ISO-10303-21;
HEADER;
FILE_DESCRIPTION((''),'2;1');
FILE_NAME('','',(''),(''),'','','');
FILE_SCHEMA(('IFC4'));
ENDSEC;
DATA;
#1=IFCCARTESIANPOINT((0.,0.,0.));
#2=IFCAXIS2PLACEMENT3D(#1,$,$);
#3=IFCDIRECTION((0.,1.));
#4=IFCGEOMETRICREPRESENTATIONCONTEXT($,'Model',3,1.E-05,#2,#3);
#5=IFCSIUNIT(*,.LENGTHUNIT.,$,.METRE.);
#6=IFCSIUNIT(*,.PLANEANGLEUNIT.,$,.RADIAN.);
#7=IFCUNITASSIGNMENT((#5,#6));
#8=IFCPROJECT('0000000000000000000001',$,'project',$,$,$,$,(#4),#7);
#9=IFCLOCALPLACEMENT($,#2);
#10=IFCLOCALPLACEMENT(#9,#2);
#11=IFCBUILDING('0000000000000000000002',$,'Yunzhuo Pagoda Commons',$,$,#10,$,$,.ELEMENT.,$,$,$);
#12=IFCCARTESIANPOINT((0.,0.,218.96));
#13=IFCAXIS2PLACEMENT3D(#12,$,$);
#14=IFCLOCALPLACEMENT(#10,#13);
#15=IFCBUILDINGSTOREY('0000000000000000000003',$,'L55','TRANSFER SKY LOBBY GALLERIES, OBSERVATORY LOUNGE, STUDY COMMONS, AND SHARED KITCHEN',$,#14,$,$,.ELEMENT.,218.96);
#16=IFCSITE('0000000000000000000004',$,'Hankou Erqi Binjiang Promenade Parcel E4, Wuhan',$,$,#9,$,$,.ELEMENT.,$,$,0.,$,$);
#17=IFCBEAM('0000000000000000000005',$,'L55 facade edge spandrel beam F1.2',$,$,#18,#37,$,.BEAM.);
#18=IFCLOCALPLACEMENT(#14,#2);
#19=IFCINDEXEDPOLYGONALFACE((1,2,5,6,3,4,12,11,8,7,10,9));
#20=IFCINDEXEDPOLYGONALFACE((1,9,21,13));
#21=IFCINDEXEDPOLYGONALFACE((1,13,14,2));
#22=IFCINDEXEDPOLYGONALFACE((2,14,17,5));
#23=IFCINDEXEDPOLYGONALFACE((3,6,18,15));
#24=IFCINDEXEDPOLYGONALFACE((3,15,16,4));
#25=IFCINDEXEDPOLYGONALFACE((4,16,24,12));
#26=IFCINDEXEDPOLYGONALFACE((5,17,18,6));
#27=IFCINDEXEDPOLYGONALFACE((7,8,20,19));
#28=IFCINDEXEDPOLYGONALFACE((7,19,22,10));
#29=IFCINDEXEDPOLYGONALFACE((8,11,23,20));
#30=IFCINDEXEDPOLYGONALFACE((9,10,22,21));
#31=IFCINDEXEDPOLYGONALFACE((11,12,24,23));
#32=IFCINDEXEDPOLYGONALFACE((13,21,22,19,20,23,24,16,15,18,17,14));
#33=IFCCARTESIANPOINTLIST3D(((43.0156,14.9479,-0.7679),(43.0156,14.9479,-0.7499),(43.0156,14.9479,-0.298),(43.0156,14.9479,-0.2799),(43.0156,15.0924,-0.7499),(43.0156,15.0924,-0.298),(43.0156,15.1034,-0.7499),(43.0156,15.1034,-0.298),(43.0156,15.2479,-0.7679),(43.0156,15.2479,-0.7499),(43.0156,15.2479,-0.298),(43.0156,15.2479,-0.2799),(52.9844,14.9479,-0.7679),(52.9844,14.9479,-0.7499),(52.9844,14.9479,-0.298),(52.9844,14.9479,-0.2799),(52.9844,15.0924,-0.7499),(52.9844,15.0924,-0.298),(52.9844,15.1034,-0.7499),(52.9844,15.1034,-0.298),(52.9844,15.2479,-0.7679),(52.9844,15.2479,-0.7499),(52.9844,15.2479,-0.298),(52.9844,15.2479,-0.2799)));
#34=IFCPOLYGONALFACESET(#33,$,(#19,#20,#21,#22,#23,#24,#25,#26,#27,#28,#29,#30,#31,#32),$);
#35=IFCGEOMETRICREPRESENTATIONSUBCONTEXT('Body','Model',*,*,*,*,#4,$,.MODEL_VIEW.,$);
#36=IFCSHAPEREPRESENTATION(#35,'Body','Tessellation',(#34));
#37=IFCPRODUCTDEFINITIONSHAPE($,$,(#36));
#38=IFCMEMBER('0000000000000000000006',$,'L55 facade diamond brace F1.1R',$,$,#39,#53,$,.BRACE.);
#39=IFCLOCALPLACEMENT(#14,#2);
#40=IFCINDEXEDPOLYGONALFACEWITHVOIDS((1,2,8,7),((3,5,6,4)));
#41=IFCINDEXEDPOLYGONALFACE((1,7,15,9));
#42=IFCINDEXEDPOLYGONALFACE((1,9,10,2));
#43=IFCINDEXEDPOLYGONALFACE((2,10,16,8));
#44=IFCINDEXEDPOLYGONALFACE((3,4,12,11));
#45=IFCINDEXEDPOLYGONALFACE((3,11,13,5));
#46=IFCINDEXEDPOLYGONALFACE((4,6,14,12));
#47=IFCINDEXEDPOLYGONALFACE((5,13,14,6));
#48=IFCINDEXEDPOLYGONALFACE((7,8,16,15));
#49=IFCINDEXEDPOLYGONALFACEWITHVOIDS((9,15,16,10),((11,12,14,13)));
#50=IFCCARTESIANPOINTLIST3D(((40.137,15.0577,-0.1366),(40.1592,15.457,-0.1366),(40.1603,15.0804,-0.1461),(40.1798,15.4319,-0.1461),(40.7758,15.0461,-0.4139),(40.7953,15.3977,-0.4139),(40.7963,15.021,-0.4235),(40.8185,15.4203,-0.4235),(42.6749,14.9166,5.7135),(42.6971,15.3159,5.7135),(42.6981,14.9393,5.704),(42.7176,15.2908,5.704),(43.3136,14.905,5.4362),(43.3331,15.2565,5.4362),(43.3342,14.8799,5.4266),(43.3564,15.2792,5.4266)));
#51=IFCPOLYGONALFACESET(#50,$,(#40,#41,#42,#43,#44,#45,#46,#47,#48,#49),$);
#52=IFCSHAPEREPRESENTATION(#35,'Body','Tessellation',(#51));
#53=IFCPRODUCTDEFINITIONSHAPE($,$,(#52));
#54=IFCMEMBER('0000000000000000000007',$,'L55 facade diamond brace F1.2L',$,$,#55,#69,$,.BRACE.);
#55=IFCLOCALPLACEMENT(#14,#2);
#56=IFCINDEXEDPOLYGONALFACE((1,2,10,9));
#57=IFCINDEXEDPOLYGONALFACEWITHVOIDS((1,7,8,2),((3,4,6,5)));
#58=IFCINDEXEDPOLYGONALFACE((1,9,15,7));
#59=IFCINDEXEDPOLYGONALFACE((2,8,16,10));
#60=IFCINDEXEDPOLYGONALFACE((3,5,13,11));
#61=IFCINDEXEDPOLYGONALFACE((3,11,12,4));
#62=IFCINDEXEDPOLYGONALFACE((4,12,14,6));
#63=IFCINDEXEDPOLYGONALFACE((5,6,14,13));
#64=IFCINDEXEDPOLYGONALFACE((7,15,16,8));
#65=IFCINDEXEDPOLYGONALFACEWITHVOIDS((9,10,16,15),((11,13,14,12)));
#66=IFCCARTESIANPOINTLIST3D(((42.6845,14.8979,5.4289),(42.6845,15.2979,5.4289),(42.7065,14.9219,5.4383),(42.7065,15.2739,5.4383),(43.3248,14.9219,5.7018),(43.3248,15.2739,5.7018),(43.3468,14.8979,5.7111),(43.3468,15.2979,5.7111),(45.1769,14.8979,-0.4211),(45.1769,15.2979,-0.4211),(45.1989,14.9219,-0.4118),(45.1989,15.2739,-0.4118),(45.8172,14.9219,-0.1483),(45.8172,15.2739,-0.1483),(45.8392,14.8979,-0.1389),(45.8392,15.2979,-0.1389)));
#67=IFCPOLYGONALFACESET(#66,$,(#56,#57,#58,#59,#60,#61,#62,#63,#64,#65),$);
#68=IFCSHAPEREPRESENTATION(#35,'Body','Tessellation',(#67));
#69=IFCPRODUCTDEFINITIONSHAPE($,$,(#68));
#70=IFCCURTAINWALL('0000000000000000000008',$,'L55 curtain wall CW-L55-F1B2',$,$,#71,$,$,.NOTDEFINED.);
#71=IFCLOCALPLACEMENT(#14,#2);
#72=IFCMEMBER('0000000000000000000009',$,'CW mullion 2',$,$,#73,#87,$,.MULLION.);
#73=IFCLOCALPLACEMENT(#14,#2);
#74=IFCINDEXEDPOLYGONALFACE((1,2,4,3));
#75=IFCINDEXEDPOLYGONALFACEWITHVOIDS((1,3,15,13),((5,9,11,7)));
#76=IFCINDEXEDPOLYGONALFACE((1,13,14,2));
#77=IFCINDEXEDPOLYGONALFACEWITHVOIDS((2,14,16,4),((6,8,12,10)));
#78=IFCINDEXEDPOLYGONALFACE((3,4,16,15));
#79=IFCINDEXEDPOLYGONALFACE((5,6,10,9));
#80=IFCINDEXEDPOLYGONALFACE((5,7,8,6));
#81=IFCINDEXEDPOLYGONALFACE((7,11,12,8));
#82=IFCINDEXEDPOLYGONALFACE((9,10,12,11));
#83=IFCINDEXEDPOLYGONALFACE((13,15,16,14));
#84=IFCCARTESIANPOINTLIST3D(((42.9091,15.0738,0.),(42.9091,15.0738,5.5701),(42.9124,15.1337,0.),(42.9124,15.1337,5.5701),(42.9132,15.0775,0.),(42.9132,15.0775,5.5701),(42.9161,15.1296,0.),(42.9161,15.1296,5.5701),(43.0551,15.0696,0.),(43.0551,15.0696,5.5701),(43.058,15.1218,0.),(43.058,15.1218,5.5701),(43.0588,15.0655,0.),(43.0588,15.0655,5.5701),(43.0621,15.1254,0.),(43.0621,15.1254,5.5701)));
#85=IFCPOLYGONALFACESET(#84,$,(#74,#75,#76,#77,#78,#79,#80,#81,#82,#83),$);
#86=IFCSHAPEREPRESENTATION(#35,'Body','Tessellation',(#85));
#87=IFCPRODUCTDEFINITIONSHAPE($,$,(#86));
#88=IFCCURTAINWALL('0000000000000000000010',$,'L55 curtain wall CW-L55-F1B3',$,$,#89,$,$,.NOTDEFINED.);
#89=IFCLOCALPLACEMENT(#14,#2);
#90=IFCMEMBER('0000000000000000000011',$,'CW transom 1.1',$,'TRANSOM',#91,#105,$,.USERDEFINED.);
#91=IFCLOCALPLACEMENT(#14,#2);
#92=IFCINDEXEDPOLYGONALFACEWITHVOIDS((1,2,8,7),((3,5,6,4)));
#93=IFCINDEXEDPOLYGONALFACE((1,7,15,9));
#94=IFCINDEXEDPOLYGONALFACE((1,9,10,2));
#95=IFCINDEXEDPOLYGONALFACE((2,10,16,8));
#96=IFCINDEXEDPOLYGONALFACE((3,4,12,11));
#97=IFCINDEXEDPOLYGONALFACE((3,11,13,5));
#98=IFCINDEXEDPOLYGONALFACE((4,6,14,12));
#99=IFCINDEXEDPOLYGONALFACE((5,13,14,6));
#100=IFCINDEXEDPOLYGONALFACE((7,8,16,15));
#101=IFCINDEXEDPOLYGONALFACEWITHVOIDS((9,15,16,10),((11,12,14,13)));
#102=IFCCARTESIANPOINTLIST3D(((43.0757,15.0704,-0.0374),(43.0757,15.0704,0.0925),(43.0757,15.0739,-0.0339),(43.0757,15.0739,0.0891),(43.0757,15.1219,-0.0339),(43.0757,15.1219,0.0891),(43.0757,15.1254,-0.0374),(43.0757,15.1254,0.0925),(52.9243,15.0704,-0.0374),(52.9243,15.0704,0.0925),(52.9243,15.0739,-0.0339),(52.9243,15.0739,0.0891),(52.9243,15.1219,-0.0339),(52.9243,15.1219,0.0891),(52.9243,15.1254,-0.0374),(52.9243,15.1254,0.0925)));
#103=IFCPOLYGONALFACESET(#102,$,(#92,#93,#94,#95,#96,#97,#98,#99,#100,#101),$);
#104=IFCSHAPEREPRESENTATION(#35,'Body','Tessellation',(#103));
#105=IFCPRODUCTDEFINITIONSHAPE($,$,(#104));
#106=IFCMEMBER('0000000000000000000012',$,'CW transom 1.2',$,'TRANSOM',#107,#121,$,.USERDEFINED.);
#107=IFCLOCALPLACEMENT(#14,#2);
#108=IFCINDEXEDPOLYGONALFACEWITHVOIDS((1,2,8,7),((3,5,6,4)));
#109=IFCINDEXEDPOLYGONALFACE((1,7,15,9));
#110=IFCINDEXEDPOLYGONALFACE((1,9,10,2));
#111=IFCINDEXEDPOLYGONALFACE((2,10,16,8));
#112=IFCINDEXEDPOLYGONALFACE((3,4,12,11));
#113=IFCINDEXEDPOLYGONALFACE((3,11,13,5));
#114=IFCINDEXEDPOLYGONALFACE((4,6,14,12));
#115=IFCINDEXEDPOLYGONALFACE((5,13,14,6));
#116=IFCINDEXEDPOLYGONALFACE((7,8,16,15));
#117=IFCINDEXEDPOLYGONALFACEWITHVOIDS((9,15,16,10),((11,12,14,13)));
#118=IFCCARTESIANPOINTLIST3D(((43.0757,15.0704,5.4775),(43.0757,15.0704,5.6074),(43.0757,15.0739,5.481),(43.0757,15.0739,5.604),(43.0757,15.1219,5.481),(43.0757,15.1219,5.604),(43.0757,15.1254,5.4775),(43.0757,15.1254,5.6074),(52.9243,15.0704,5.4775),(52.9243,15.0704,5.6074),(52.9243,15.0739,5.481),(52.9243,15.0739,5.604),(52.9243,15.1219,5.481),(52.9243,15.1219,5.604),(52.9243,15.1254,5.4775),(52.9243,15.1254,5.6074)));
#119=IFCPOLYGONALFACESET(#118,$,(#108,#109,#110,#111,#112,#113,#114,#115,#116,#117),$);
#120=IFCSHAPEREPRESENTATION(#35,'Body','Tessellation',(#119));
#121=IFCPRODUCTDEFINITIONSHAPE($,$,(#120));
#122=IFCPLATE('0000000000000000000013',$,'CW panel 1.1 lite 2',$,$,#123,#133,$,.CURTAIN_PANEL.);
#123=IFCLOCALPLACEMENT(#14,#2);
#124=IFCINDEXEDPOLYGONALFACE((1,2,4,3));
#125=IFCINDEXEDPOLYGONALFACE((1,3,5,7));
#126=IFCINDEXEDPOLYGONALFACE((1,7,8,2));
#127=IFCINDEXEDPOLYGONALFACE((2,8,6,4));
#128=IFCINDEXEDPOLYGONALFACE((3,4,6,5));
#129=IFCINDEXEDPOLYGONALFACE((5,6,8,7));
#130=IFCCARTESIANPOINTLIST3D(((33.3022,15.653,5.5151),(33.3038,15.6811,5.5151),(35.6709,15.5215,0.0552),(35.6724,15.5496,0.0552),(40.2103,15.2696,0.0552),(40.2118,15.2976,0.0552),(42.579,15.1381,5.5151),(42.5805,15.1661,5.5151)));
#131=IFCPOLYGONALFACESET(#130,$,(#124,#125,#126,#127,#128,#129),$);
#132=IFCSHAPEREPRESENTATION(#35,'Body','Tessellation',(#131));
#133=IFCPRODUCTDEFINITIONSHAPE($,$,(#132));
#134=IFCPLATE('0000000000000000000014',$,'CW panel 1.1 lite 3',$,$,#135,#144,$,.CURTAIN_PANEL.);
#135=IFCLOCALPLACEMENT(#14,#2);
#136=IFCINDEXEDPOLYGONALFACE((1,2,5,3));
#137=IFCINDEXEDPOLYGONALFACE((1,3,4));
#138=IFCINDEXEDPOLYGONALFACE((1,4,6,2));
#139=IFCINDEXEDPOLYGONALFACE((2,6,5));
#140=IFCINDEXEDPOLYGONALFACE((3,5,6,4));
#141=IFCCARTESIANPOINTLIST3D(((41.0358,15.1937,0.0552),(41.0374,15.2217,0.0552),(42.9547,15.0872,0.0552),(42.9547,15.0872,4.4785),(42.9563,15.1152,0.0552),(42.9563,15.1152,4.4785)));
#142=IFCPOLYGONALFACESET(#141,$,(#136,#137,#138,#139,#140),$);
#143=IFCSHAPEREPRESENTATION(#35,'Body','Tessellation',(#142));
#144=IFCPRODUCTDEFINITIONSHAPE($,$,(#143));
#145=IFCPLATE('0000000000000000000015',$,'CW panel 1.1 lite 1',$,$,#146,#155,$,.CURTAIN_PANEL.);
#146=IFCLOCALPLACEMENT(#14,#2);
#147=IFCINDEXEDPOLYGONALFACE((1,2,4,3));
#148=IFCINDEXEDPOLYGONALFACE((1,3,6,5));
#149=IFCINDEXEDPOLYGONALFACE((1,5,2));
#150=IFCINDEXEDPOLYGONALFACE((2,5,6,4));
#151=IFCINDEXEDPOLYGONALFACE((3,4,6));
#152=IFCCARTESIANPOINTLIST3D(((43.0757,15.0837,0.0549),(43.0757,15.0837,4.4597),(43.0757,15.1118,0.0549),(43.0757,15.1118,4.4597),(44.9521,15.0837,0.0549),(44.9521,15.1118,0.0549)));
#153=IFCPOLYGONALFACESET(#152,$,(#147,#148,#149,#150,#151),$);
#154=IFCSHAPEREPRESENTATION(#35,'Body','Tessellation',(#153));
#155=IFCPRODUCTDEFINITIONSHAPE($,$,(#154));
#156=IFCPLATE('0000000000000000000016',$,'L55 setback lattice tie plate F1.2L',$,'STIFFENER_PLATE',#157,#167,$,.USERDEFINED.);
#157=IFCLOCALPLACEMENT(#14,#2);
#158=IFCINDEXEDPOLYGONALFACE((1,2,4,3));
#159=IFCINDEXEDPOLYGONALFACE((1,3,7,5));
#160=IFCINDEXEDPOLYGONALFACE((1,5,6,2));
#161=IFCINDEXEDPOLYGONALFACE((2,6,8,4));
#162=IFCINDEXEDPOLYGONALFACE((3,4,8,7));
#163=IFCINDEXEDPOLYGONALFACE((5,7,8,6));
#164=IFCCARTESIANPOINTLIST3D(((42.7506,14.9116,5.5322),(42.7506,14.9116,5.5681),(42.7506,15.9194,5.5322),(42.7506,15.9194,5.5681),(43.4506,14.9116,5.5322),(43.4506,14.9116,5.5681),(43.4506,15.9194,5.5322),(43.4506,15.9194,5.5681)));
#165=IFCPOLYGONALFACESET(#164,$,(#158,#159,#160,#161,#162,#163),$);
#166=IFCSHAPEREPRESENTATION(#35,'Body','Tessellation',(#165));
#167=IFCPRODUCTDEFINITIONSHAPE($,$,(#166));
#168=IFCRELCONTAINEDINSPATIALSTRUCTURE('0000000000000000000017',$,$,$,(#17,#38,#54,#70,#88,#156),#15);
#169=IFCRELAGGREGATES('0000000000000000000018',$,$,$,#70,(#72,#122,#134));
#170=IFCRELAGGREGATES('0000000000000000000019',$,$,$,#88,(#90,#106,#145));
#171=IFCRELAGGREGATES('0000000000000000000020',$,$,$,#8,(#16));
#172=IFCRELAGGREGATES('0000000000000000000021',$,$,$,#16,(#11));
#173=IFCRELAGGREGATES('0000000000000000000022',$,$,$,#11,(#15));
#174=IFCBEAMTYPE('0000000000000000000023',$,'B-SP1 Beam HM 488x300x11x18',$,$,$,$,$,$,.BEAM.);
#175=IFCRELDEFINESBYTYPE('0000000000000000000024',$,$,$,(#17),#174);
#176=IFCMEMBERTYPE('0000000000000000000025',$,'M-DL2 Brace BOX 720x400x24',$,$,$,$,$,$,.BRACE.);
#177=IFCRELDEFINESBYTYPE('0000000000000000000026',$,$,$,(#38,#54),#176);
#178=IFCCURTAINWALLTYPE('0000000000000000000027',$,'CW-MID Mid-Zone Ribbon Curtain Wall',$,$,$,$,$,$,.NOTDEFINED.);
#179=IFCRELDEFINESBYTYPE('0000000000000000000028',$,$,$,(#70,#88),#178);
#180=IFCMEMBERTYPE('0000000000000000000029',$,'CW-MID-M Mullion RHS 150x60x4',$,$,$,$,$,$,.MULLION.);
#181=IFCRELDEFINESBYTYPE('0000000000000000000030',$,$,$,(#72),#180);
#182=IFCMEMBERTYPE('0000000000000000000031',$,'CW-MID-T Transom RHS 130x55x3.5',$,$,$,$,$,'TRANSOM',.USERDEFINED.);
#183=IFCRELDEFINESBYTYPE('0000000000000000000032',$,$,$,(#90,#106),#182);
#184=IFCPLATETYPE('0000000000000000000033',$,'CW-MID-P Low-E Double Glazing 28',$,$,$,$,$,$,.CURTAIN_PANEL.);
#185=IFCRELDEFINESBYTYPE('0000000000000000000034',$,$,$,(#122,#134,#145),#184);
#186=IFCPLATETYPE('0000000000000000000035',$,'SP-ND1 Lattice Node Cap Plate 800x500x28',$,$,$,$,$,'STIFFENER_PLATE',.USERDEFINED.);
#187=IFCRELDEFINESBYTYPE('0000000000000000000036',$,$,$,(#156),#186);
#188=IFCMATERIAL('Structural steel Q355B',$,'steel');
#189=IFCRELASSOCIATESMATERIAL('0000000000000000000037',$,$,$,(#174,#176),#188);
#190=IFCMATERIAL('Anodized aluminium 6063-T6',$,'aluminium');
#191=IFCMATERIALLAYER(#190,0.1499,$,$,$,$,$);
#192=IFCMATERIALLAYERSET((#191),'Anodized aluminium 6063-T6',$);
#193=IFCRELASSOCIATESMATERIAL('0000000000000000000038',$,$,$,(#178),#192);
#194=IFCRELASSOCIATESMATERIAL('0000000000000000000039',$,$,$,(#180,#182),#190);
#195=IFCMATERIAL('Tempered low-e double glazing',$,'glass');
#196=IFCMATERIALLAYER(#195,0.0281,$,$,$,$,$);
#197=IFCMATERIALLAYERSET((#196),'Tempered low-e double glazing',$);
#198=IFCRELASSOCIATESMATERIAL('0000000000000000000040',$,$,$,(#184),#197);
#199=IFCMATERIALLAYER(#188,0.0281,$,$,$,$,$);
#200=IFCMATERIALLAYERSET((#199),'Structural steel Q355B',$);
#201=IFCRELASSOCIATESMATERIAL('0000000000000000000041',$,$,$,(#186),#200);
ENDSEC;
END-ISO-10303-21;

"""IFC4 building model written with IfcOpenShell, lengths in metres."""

from ifc_helpers import new_model, si_unit, direction, frame, origin, origin_2d, place, context, subcontext, project, spatial, polyline, rectangle, hollow_rectangle, i_section, outline, extrude, source, transform, mapped, material, layer, layer_set, material_profile, profile_set, type_object, element, aggregate, save


model = new_model("IFC4")

# Units and contexts
model_context = context("Model", 3, precision=1e-05, world=origin(), true_north=direction((0.0, 1.0)))
body_context = subcontext(model_context, "Body", "Model", "MODEL_VIEW")
ifc_project = project(units=[si_unit("LENGTHUNIT", "METRE"), si_unit("PLANEANGLEUNIT", "RADIAN")], contexts=[model_context])

# Site, building, storey
site_placement = place(None, origin())
site = spatial("IfcSite", under=ifc_project, at=site_placement, Name="Hankou Erqi Binjiang Promenade Parcel E4, Wuhan", CompositionType="ELEMENT", RefElevation=0.0)
building_placement = place(site_placement, origin())
building = spatial("IfcBuilding", under=site, at=building_placement, Name="Yunzhuo Pagoda Commons", CompositionType="ELEMENT")
storey_placement = place(building_placement, frame((0.0, 0.0, 218.96)))
storey = spatial("IfcBuildingStorey", under=building, at=storey_placement, Name="L55", Description="TRANSFER SKY LOBBY GALLERIES, OBSERVATORY LOUNGE, STUDY COMMONS, AND SHARED KITCHEN", CompositionType="ELEMENT", Elevation=218.96)

# Beam
ifc_material_1 = material(Name="Structural steel Q355B", Category="steel")
ifc_material_profile_1 = material_profile(ifc_material_1, i_section(OverallWidth=0.3, OverallDepth=0.488, WebThickness=0.011, FlangeThickness=0.0181, at=origin_2d()), Name="Structural steel Q355B")
ifc_profile_set_1 = profile_set([ifc_material_profile_1], Name="Structural steel Q355B")
beam_type_1 = type_object("IfcBeamType", Name="B-SP1 Beam HM 488x300x11x18", PredefinedType="BEAM", material=ifc_profile_set_1)
shared_shape_1 = source(origin(), body_context, "Body", "SweptSolid", [
    extrude(i_section(OverallWidth=0.3, OverallDepth=0.488, WebThickness=0.011, FlangeThickness=0.0181, at=origin_2d()), origin(), (0.0, 0.0, 1.0), 9.9688),
])
beam_1_placement = place(storey_placement, frame((43.0156, 15.0979, -0.5239), z_axis=(1.0, 0.0, 0.0), x_axis=(0.0, 1.0, 0.0)))
element("IfcBeam", 1, at=beam_1_placement, inside=storey, type_object=beam_type_1, Name="L55 facade edge spandrel beam F1.2", PredefinedType="BEAM", context=body_context, shape_type="MappedRepresentation", body=[
    mapped(shared_shape_1, transform((0.0, 0.0, 0.0), scale=1.0)),
])

# Members
ifc_material_profile_2 = material_profile(ifc_material_1, hollow_rectangle(XDim=0.3999, YDim=0.72, WallThickness=0.0239, at=origin_2d()), Name="Structural steel Q355B")
ifc_profile_set_2 = profile_set([ifc_material_profile_2], Name="Structural steel Q355B")
member_type_1 = type_object("IfcMemberType", Name="M-DL2 Brace BOX 720x400x24", PredefinedType="BRACE", material=ifc_profile_set_2)
shared_shape_2 = source(origin(), body_context, "Body", "SweptSolid", [
    extrude(hollow_rectangle(XDim=0.3999, YDim=0.72, WallThickness=0.0239, at=origin_2d()), origin(), (0.0, 0.0, 1.0), 6.3784),
])
member_1_placement = place(storey_placement, frame((40.4778, 15.239, -0.28), z_axis=(0.39788, -0.022124, 0.917171), x_axis=(0.055518, 0.998458, 0.0)))
element("IfcMember", 2, at=member_1_placement, inside=storey, type_object=member_type_1, Name="L55 facade diamond brace F1.1R", PredefinedType="BRACE", context=body_context, shape_type="MappedRepresentation", body=[
    mapped(shared_shape_2, transform((0.0, 0.0, 0.0), scale=1.0)),
])
shared_shape_3 = source(origin(), body_context, "Body", "SweptSolid", [
    extrude(hollow_rectangle(XDim=0.3999, YDim=0.72, WallThickness=0.0239, at=origin_2d()), origin(), (0.0, 0.0, 1.0), 6.3589),
])
member_2_placement = place(storey_placement, frame((45.5081, 15.0979, -0.28), z_axis=(-0.391958, 0.0, 0.919983), x_axis=(0.0, -1.0, 0.0)))
element("IfcMember", 3, at=member_2_placement, inside=storey, type_object=member_type_1, Name="L55 facade diamond brace F1.2L", PredefinedType="BRACE", context=body_context, shape_type="MappedRepresentation", body=[
    mapped(shared_shape_3, transform((0.0, 0.0, 0.0), scale=1.0)),
])

# Curtain wall, member
ifc_material_2 = material(Name="Anodized aluminium 6063-T6", Category="aluminium")
ifc_layer_1 = layer(ifc_material_2, 0.1499)
ifc_layer_set_1 = layer_set([ifc_layer_1], Name="Anodized aluminium 6063-T6")
curtain_wall_type = type_object("IfcCurtainWallType", Name="CW-MID Mid-Zone Ribbon Curtain Wall", PredefinedType="NOTDEFINED", material=ifc_layer_set_1)
curtain_wall_1_placement = place(storey_placement, origin())
curtain_wall_1 = element("IfcCurtainWall", 4, at=curtain_wall_1_placement, inside=storey, type_object=curtain_wall_type, Name="L55 curtain wall CW-L55-F1B2", PredefinedType="NOTDEFINED")
ifc_material_profile_3 = material_profile(ifc_material_2, hollow_rectangle(XDim=0.0601, YDim=0.1499, WallThickness=0.0039, at=origin_2d()), Name="Anodized aluminium 6063-T6")
ifc_profile_set_3 = profile_set([ifc_material_profile_3], Name="Anodized aluminium 6063-T6")
member_type_2 = type_object("IfcMemberType", Name="CW-MID-M Mullion RHS 150x60x4", PredefinedType="MULLION", material=ifc_profile_set_3)
shared_shape_4 = source(origin(), body_context, "Body", "SweptSolid", [
    extrude(hollow_rectangle(XDim=0.0601, YDim=0.1499, WallThickness=0.0039, at=origin_2d()), origin(), (0.0, 0.0, 1.0), 5.5701),
])
member_3_placement = place(storey_placement, frame((42.9856, 15.0996, 0.0), z_axis=(0.0, 0.0, 1.0), x_axis=(0.055423, 0.998463, 0.0)))
member_3 = element("IfcMember", 5, at=member_3_placement, type_object=member_type_2, Name="CW mullion 2", PredefinedType="MULLION", context=body_context, shape_type="MappedRepresentation", body=[
    mapped(shared_shape_4, transform((0.0, 0.0, 0.0), scale=1.0)),
])

# Curtain wall, members
curtain_wall_2_placement = place(storey_placement, origin())
curtain_wall_2 = element("IfcCurtainWall", 6, at=curtain_wall_2_placement, inside=storey, type_object=curtain_wall_type, Name="L55 curtain wall CW-L55-F1B3", PredefinedType="NOTDEFINED")
ifc_material_profile_4 = material_profile(ifc_material_2, hollow_rectangle(XDim=0.0549, YDim=0.1299, WallThickness=0.0034, at=origin_2d()), Name="Anodized aluminium 6063-T6")
ifc_profile_set_4 = profile_set([ifc_material_profile_4], Name="Anodized aluminium 6063-T6")
member_type_3 = type_object("IfcMemberType", Name="CW-MID-T Transom RHS 130x55x3.5", ElementType="TRANSOM", PredefinedType="USERDEFINED", material=ifc_profile_set_4)
shared_shape_5 = source(origin(), body_context, "Body", "SweptSolid", [
    extrude(hollow_rectangle(XDim=0.0549, YDim=0.1299, WallThickness=0.0034, at=origin_2d()), origin(), (0.0, 0.0, 1.0), 9.8486),
])
member_4_placement = place(storey_placement, frame((43.0757, 15.0979, 0.0276), z_axis=(1.0, 0.0, 0.0), x_axis=(0.0, 1.0, 0.0)))
member_4 = element("IfcMember", 7, at=member_4_placement, type_object=member_type_3, Name="CW transom 1.1", ObjectType="TRANSOM", PredefinedType="USERDEFINED", context=body_context, shape_type="MappedRepresentation", body=[
    mapped(shared_shape_5, transform((0.0, 0.0, 0.0), scale=1.0)),
])
member_5_placement = place(storey_placement, frame((43.0757, 15.0979, 5.5425), z_axis=(1.0, 0.0, 0.0), x_axis=(0.0, 1.0, 0.0)))
member_5 = element("IfcMember", 8, at=member_5_placement, type_object=member_type_3, Name="CW transom 1.2", ObjectType="TRANSOM", PredefinedType="USERDEFINED", context=body_context, shape_type="MappedRepresentation", body=[
    mapped(shared_shape_5, transform((0.0, 0.0, 0.0), scale=1.0)),
])

# Plates
ifc_material_3 = material(Name="Tempered low-e double glazing", Category="glass")
ifc_layer_2 = layer(ifc_material_3, 0.0281)
ifc_layer_set_2 = layer_set([ifc_layer_2], Name="Tempered low-e double glazing")
plate_type_1 = type_object("IfcPlateType", Name="CW-MID-P Low-E Double Glazing 28", PredefinedType="CURTAIN_PANEL", material=ifc_layer_set_2)
plate_1_placement = place(storey_placement, frame((37.9421, 15.4236, 2.7852), z_axis=(-0.055423, -0.998463, 0.0), x_axis=(0.998463, -0.055423, 0.0)))
plate_1 = element("IfcPlate", 9, at=plate_1_placement, type_object=plate_type_1, Name="CW panel 1.1 lite 2", PredefinedType="CURTAIN_PANEL", context=body_context, shape_type="SweptSolid", body=[
    extrude(outline(polyline([(-4.6455, 2.73), (-2.2732, -2.73), (2.2732, -2.73), (4.6455, 2.73), (-4.6455, 2.73)])), origin(), (0.0, 0.0, 1.0), 0.0281),
])
plate_2_placement = place(storey_placement, frame((41.9968, 15.1685, 2.2668), z_axis=(-0.055423, -0.998463, 0.0), x_axis=(0.998463, -0.055423, 0.0)))
plate_2 = element("IfcPlate", 10, at=plate_2_placement, type_object=plate_type_1, Name="CW panel 1.1 lite 3", PredefinedType="CURTAIN_PANEL", context=body_context, shape_type="SweptSolid", body=[
    extrude(outline(polyline([(-0.9609, -2.2117), (0.9609, -2.2117), (0.9609, 2.2117), (-0.9609, -2.2117)])), origin(), (0.0, 0.0, 1.0), 0.0281),
])
aggregate(curtain_wall_1, [member_3, plate_1, plate_2])
plate_3_placement = place(storey_placement, frame((44.0139, 15.1118, 2.2573), z_axis=(0.0, -1.0, 0.0), x_axis=(1.0, 0.0, 0.0)))
plate_3 = element("IfcPlate", 11, at=plate_3_placement, type_object=plate_type_1, Name="CW panel 1.1 lite 1", PredefinedType="CURTAIN_PANEL", context=body_context, shape_type="SweptSolid", body=[
    extrude(outline(polyline([(-0.9382, -2.2024), (0.9382, -2.2024), (-0.9382, 2.2024), (-0.9382, -2.2024)])), origin(), (0.0, 0.0, 1.0), 0.0281),
])
aggregate(curtain_wall_2, [member_4, member_5, plate_3])
ifc_layer_3 = layer(ifc_material_1, 0.0281)
ifc_layer_set_3 = layer_set([ifc_layer_3], Name="Structural steel Q355B")
plate_type_2 = type_object("IfcPlateType", Name="SP-ND1 Lattice Node Cap Plate 800x500x28", ElementType="STIFFENER_PLATE", PredefinedType="USERDEFINED", material=ifc_layer_set_3)
shared_shape_6 = source(origin(), body_context, "Body", "SweptSolid", [
    extrude(rectangle(XDim=0.7, YDim=1.0078, at=origin_2d()), origin(), (0.0, 0.0, 1.0), 0.0359),
])
plate_4_placement = place(storey_placement, frame((43.1006, 15.4155, 5.5322), z_axis=(0.0, 0.0, 1.0), x_axis=(1.0, 0.0, 0.0)))
element("IfcPlate", 12, at=plate_4_placement, inside=storey, type_object=plate_type_2, Name="L55 setback lattice tie plate F1.2L", ObjectType="STIFFENER_PLATE", PredefinedType="USERDEFINED", context=body_context, shape_type="MappedRepresentation", body=[
    mapped(shared_shape_6, transform((0.0, 0.0, 0.0), scale=1.0)),
])

save(model, "model.ifc")
